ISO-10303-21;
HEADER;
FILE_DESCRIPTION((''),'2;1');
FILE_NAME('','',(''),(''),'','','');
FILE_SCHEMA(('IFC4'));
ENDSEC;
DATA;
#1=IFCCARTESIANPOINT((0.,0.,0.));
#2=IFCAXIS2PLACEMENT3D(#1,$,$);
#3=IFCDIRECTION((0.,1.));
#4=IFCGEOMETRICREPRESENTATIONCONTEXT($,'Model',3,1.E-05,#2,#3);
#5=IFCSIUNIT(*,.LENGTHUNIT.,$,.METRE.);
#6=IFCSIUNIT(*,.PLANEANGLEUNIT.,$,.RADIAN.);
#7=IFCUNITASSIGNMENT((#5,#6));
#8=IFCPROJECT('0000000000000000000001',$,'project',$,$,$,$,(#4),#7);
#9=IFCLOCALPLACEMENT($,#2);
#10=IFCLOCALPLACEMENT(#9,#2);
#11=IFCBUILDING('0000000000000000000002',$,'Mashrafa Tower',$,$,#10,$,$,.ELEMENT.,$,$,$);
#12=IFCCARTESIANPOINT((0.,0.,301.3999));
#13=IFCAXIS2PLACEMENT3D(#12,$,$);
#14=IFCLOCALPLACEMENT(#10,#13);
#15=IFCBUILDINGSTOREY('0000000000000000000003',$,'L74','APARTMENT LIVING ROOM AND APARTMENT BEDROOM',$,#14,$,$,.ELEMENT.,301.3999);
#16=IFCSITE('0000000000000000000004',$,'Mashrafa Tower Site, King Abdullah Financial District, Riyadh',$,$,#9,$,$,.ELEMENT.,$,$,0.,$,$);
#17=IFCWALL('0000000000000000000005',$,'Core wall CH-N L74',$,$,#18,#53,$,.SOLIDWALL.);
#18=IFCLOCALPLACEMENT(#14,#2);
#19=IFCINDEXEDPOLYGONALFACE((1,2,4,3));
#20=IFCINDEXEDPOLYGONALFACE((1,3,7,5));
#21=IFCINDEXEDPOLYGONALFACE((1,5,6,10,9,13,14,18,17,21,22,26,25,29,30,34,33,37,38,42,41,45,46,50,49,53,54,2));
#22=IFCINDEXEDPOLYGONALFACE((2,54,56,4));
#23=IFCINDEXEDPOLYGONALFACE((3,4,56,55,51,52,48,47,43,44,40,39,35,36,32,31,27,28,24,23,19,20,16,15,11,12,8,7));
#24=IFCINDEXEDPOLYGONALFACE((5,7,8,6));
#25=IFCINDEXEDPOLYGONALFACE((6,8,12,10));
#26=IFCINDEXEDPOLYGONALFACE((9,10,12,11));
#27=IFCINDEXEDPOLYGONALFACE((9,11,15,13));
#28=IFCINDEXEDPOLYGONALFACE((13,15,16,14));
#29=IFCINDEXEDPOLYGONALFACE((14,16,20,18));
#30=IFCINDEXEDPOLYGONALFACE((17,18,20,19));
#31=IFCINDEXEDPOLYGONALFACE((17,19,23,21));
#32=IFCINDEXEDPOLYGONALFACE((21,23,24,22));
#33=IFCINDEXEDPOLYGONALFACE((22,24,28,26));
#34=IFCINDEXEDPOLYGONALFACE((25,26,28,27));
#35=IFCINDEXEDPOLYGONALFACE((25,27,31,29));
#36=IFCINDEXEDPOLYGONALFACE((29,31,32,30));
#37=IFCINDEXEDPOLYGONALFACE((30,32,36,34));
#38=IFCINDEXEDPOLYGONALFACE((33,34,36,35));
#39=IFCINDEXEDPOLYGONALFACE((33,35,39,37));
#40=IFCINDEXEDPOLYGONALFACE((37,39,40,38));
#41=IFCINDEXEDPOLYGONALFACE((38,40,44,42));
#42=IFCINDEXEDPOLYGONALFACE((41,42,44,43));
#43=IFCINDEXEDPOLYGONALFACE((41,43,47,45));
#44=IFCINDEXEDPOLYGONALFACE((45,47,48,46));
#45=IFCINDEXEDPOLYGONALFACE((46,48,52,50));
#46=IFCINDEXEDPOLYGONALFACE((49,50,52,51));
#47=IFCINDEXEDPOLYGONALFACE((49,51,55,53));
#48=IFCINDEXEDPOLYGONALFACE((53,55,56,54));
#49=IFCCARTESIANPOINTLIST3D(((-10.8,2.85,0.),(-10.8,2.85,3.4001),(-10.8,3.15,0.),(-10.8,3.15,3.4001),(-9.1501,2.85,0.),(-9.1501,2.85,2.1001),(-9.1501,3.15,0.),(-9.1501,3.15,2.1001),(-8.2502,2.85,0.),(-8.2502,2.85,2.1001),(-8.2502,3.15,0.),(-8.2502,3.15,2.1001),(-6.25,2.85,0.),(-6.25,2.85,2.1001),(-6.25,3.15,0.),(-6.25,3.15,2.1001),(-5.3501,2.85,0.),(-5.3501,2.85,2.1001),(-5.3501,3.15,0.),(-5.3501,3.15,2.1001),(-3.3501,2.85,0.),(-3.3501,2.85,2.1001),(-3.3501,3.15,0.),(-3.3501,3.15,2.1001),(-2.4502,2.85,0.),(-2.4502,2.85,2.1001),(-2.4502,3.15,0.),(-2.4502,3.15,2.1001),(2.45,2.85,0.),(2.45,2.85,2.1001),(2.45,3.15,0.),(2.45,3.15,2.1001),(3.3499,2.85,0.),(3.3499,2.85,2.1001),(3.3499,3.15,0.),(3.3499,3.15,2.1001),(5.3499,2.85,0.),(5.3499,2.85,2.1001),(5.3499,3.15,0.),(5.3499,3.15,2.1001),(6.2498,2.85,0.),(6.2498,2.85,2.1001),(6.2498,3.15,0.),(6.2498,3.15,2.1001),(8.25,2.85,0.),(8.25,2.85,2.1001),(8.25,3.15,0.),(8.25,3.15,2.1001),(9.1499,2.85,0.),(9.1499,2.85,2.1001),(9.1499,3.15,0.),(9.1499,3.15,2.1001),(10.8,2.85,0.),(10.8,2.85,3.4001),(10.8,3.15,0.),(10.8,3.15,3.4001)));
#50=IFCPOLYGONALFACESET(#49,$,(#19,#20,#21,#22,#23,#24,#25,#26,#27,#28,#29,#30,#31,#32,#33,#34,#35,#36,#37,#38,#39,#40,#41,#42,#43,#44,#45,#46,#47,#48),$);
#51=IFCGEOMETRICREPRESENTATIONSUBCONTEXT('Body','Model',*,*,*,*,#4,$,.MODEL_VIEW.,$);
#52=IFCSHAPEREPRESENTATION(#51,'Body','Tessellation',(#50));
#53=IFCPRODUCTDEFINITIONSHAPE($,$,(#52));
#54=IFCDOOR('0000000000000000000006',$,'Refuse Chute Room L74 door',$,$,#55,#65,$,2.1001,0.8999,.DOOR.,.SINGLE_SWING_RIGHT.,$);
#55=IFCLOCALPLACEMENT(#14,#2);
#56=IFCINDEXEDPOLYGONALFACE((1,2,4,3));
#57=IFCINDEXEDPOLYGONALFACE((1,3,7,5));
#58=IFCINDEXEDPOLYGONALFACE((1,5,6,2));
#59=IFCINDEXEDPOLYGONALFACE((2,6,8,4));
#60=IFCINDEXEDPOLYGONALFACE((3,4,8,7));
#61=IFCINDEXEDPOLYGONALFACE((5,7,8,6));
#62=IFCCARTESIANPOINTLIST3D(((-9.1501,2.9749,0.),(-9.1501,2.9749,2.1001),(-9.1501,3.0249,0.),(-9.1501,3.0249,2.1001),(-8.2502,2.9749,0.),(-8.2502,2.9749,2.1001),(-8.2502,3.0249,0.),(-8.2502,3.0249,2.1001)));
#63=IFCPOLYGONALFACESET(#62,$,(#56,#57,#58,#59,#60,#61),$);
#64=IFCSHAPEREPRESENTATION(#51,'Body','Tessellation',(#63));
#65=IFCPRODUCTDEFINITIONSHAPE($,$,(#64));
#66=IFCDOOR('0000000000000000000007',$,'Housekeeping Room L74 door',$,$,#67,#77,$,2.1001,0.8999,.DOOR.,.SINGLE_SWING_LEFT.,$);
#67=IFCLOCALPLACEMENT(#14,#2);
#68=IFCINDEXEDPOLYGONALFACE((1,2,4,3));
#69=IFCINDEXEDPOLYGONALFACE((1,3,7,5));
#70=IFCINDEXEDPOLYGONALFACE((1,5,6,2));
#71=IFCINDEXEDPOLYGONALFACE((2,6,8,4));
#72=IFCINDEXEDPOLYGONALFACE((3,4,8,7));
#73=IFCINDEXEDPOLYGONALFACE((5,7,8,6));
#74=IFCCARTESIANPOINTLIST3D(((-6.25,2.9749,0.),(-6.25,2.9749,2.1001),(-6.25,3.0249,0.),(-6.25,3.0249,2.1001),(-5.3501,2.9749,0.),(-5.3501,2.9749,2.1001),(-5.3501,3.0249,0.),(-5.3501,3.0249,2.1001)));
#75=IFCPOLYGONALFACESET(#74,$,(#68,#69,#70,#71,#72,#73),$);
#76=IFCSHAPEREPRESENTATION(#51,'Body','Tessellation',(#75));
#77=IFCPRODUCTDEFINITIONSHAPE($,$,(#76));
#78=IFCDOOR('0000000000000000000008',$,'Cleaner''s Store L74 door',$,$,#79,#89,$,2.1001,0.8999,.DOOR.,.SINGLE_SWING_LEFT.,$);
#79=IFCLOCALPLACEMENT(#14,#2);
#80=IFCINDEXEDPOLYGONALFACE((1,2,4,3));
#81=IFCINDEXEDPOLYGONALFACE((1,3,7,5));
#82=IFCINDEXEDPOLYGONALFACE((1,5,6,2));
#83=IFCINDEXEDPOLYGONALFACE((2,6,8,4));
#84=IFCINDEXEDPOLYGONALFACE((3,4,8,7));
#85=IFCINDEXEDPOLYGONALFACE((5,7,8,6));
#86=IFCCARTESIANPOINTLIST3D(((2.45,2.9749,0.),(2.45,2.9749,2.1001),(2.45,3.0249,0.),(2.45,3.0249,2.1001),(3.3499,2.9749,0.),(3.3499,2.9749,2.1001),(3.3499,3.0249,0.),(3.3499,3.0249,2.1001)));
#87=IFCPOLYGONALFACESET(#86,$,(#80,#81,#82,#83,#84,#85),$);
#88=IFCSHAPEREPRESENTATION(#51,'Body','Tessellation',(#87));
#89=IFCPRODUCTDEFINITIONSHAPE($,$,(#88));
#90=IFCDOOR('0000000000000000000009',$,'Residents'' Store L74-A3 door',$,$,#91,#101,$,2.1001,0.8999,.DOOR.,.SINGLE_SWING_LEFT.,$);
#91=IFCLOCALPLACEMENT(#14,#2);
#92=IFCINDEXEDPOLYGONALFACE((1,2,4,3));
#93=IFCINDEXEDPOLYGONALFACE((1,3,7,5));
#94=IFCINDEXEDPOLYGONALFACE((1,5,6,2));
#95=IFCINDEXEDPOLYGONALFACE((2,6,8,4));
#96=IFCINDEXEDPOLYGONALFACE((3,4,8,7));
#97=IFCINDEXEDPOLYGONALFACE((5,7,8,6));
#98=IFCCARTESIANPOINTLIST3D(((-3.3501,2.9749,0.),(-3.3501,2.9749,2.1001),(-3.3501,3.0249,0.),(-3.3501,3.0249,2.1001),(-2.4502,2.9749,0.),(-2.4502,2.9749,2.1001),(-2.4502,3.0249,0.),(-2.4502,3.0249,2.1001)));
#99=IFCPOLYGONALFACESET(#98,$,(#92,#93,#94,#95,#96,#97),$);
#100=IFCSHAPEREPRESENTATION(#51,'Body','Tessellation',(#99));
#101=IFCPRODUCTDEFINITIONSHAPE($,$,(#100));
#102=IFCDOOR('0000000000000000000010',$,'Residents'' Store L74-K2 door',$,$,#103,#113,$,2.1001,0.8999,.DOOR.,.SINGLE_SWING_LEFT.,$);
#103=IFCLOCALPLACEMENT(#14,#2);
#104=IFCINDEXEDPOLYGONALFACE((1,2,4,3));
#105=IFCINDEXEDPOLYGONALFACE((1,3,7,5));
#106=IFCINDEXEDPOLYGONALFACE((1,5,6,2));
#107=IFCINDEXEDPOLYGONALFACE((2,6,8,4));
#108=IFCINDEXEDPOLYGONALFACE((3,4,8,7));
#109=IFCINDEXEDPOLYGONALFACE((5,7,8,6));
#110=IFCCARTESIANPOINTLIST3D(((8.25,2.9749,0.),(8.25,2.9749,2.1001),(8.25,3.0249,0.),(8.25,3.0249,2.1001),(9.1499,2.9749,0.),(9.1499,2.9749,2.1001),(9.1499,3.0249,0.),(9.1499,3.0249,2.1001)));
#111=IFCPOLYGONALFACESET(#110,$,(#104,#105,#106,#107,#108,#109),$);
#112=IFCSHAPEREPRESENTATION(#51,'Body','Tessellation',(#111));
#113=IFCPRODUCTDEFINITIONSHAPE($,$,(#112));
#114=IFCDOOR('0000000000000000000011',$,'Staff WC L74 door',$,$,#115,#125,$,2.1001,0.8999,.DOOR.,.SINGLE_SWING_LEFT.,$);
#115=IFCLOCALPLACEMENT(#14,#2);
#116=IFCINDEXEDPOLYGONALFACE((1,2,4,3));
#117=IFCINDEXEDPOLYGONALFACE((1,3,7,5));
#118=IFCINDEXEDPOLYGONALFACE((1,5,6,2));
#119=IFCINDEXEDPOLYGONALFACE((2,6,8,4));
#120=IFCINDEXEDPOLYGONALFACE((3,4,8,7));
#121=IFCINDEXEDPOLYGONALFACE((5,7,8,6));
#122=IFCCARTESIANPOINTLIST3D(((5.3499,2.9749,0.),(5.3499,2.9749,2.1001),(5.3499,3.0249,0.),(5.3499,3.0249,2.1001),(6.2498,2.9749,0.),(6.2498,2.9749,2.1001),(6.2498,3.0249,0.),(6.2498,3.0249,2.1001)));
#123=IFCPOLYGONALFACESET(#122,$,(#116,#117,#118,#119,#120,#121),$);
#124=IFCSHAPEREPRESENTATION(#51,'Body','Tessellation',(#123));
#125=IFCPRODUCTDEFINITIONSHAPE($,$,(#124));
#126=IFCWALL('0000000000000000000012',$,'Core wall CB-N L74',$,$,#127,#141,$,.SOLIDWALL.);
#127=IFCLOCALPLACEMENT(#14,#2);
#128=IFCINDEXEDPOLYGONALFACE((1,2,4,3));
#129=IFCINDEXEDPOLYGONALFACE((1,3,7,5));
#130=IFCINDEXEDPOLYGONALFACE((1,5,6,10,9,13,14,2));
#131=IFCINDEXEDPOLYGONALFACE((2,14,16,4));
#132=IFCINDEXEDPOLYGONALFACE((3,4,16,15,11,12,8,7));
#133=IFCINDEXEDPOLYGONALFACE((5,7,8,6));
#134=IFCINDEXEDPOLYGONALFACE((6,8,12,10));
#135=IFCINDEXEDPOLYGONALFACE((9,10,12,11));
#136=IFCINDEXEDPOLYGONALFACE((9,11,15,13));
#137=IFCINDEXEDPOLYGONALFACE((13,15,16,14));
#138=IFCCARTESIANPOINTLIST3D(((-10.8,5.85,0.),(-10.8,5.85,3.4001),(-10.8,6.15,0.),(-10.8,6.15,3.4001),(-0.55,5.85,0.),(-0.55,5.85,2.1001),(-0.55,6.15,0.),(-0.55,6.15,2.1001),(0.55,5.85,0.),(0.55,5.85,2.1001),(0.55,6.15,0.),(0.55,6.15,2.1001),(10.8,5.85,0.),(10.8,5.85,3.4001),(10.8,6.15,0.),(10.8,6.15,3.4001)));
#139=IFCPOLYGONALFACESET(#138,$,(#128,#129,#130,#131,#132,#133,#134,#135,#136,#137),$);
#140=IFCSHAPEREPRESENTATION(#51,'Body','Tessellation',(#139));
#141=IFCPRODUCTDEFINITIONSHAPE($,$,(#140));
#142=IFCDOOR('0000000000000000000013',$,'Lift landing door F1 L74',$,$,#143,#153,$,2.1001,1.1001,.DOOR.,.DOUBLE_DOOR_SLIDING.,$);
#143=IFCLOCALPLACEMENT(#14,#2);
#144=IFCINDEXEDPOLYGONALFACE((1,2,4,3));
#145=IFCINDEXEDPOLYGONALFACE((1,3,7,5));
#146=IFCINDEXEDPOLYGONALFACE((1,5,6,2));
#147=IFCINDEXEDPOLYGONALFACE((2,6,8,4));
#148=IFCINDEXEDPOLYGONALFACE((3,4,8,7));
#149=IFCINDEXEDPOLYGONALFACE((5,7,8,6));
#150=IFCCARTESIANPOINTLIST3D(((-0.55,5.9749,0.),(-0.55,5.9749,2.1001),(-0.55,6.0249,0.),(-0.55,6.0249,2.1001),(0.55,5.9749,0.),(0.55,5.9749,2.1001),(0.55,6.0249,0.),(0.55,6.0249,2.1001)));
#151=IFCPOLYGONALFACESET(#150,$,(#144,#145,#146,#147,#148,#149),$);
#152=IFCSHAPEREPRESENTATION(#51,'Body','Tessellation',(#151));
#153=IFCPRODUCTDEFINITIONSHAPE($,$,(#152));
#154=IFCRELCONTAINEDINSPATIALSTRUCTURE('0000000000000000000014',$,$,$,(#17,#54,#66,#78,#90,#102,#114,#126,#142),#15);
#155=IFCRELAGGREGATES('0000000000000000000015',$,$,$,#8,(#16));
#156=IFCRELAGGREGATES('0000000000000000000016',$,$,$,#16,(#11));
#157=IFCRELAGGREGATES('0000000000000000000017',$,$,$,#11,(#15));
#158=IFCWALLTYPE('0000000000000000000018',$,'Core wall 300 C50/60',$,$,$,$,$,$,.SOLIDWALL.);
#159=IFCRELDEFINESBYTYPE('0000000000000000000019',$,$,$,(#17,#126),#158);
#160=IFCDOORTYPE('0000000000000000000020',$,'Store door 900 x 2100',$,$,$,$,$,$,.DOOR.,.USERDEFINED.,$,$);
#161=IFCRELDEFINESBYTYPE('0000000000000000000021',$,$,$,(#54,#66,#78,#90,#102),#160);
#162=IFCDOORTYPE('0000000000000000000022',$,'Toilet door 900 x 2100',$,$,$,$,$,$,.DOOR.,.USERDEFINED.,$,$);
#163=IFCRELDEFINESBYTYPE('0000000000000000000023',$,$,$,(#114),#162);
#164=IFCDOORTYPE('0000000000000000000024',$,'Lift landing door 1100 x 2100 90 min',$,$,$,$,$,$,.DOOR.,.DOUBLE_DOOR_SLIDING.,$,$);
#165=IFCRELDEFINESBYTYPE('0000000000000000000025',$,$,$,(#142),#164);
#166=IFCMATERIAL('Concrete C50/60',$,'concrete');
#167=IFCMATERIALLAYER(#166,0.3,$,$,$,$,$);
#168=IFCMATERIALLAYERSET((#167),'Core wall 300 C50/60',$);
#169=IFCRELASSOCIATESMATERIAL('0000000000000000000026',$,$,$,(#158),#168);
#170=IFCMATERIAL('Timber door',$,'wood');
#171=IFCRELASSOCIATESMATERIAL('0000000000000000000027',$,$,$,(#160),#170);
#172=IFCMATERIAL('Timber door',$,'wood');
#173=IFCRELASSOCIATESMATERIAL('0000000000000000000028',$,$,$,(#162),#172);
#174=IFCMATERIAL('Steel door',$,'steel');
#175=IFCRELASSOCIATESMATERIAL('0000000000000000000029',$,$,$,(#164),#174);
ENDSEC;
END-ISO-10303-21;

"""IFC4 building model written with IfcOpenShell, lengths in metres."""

from ifc_helpers import new_model, si_unit, direction, frame, frame_2d, origin, place, context, subcontext, project, spatial, rectangle, extrude, material, layer, layer_set, type_object, element, fill, save


model = new_model("IFC4")

# Units and contexts
model_context = context("Model", 3, precision=1e-05, world=origin(), true_north=direction((0.0, 1.0)))
body_context = subcontext(model_context, "Body", "Model", "MODEL_VIEW")
ifc_project = project(units=[si_unit("LENGTHUNIT", "METRE"), si_unit("PLANEANGLEUNIT", "RADIAN")], contexts=[model_context])

# Site, building, storey
site_placement = place(None, origin())
site = spatial("IfcSite", under=ifc_project, at=site_placement, Name="Mashrafa Tower Site, King Abdullah Financial District, Riyadh", CompositionType="ELEMENT", RefElevation=0.0)
building_placement = place(site_placement, origin())
building = spatial("IfcBuilding", under=site, at=building_placement, Name="Mashrafa Tower", CompositionType="ELEMENT")
storey_placement = place(building_placement, frame((0.0, 0.0, 301.3999)))
storey = spatial("IfcBuildingStorey", under=building, at=storey_placement, Name="L74", Description="APARTMENT LIVING ROOM AND APARTMENT BEDROOM", CompositionType="ELEMENT", Elevation=301.3999)

# Wall, openings, doors
ifc_material_1 = material(Name="Concrete C50/60", Category="concrete")
ifc_layer_1 = layer(ifc_material_1, 0.3)
ifc_layer_set_1 = layer_set([ifc_layer_1], Name="Core wall 300 C50/60")
wall_type_1 = type_object("IfcWallType", Name="Core wall 300 C50/60", PredefinedType="SOLIDWALL", material=ifc_layer_set_1)
wall_1_placement = place(storey_placement, frame((-10.8, 3.0, 0.0), z_axis=(0.0, 0.0, 1.0), x_axis=(1.0, 0.0, 0.0)))
wall_1 = element("IfcWall", 1, at=wall_1_placement, inside=storey, type_object=wall_type_1, Name="Core wall CH-N L74", PredefinedType="SOLIDWALL", context=body_context, shape_type="SweptSolid", body=[
    extrude(rectangle(XDim=21.6001, YDim=0.3, at=frame_2d((10.8, 0.0))), origin(), (0.0, 0.0, 1.0), 3.4001),
])
opening_1_placement = place(wall_1_placement, frame((1.6499, 0.0, 0.0)))
opening_1 = element("IfcOpeningElement", 2, at=opening_1_placement, cuts=wall_1, PredefinedType="OPENING", context=body_context, shape_type="SweptSolid", body=[
    extrude(rectangle(XDim=0.8999, YDim=2.1001, at=frame_2d((0.45, 1.05))), frame((0.0, 0.1599, 0.0), z_axis=(0.0, -1.0, 0.0), x_axis=(1.0, 0.0, 0.0)), (0.0, 0.0, 1.0), 0.3201),
])
opening_2_placement = place(wall_1_placement, frame((4.55, 0.0, 0.0)))
opening_2 = element("IfcOpeningElement", 3, at=opening_2_placement, cuts=wall_1, PredefinedType="OPENING", context=body_context, shape_type="SweptSolid", body=[
    extrude(rectangle(XDim=0.8999, YDim=2.1001, at=frame_2d((0.45, 1.05))), frame((0.0, 0.1599, 0.0), z_axis=(0.0, -1.0, 0.0), x_axis=(1.0, 0.0, 0.0)), (0.0, 0.0, 1.0), 0.3201),
])
opening_3_placement = place(wall_1_placement, frame((13.25, 0.0, 0.0)))
opening_3 = element("IfcOpeningElement", 4, at=opening_3_placement, cuts=wall_1, PredefinedType="OPENING", context=body_context, shape_type="SweptSolid", body=[
    extrude(rectangle(XDim=0.8999, YDim=2.1001, at=frame_2d((0.45, 1.05))), frame((0.0, 0.1599, 0.0), z_axis=(0.0, -1.0, 0.0), x_axis=(1.0, 0.0, 0.0)), (0.0, 0.0, 1.0), 0.3201),
])
opening_4_placement = place(wall_1_placement, frame((16.1499, 0.0, 0.0)))
opening_4 = element("IfcOpeningElement", 5, at=opening_4_placement, cuts=wall_1, PredefinedType="OPENING", context=body_context, shape_type="SweptSolid", body=[
    extrude(rectangle(XDim=0.8999, YDim=2.1001, at=frame_2d((0.45, 1.05))), frame((0.0, 0.1599, 0.0), z_axis=(0.0, -1.0, 0.0), x_axis=(1.0, 0.0, 0.0)), (0.0, 0.0, 1.0), 0.3201),
])
opening_5_placement = place(wall_1_placement, frame((7.45, 0.0, 0.0)))
opening_5 = element("IfcOpeningElement", 6, at=opening_5_placement, cuts=wall_1, PredefinedType="OPENING", context=body_context, shape_type="SweptSolid", body=[
    extrude(rectangle(XDim=0.8999, YDim=2.1001, at=frame_2d((0.45, 1.05))), frame((0.0, 0.1599, 0.0), z_axis=(0.0, -1.0, 0.0), x_axis=(1.0, 0.0, 0.0)), (0.0, 0.0, 1.0), 0.3201),
])
opening_6_placement = place(wall_1_placement, frame((19.05, 0.0, 0.0)))
opening_6 = element("IfcOpeningElement", 7, at=opening_6_placement, cuts=wall_1, PredefinedType="OPENING", context=body_context, shape_type="SweptSolid", body=[
    extrude(rectangle(XDim=0.8999, YDim=2.1001, at=frame_2d((0.45, 1.05))), frame((0.0, 0.1599, 0.0), z_axis=(0.0, -1.0, 0.0), x_axis=(1.0, 0.0, 0.0)), (0.0, 0.0, 1.0), 0.3201),
])
ifc_material_2 = material(Name="Timber door", Category="wood")
door_type_1 = type_object("IfcDoorType", Name="Store door 900 x 2100", OperationType="USERDEFINED", PredefinedType="DOOR", material=ifc_material_2)
door_1_placement = place(opening_1_placement, origin())
door_1 = element("IfcDoor", 8, at=door_1_placement, inside=storey, type_object=door_type_1, Name="Refuse Chute Room L74 door", OperationType="SINGLE_SWING_RIGHT", OverallHeight=2.1001, OverallWidth=0.8999, PredefinedType="DOOR", context=body_context, shape_type="SweptSolid", body=[
    extrude(rectangle(XDim=0.8999, YDim=2.1001, at=frame_2d((0.45, 1.05))), frame((0.0, 0.0249, 0.0), z_axis=(0.0, -1.0, 0.0), x_axis=(1.0, 0.0, 0.0)), (0.0, 0.0, 1.0), 0.05),
])
fill(opening_1, door_1)
door_2_placement = place(opening_2_placement, origin())
door_2 = element("IfcDoor", 9, at=door_2_placement, inside=storey, type_object=door_type_1, Name="Housekeeping Room L74 door", OperationType="SINGLE_SWING_LEFT", OverallHeight=2.1001, OverallWidth=0.8999, PredefinedType="DOOR", context=body_context, shape_type="SweptSolid", body=[
    extrude(rectangle(XDim=0.8999, YDim=2.1001, at=frame_2d((0.45, 1.05))), frame((0.0, 0.0249, 0.0), z_axis=(0.0, -1.0, 0.0), x_axis=(1.0, 0.0, 0.0)), (0.0, 0.0, 1.0), 0.05),
])
fill(opening_2, door_2)
door_3_placement = place(opening_3_placement, origin())
door_3 = element("IfcDoor", 10, at=door_3_placement, inside=storey, type_object=door_type_1, Name="Cleaner's Store L74 door", OperationType="SINGLE_SWING_LEFT", OverallHeight=2.1001, OverallWidth=0.8999, PredefinedType="DOOR", context=body_context, shape_type="SweptSolid", body=[
    extrude(rectangle(XDim=0.8999, YDim=2.1001, at=frame_2d((0.45, 1.05))), frame((0.0, 0.0249, 0.0), z_axis=(0.0, -1.0, 0.0), x_axis=(1.0, 0.0, 0.0)), (0.0, 0.0, 1.0), 0.05),
])
fill(opening_3, door_3)
door_4_placement = place(opening_5_placement, origin())
door_4 = element("IfcDoor", 11, at=door_4_placement, inside=storey, type_object=door_type_1, Name="Residents' Store L74-A3 door", OperationType="SINGLE_SWING_LEFT", OverallHeight=2.1001, OverallWidth=0.8999, PredefinedType="DOOR", context=body_context, shape_type="SweptSolid", body=[
    extrude(rectangle(XDim=0.8999, YDim=2.1001, at=frame_2d((0.45, 1.05))), frame((0.0, 0.0249, 0.0), z_axis=(0.0, -1.0, 0.0), x_axis=(1.0, 0.0, 0.0)), (0.0, 0.0, 1.0), 0.05),
])
fill(opening_5, door_4)
door_5_placement = place(opening_6_placement, origin())
door_5 = element("IfcDoor", 12, at=door_5_placement, inside=storey, type_object=door_type_1, Name="Residents' Store L74-K2 door", OperationType="SINGLE_SWING_LEFT", OverallHeight=2.1001, OverallWidth=0.8999, PredefinedType="DOOR", context=body_context, shape_type="SweptSolid", body=[
    extrude(rectangle(XDim=0.8999, YDim=2.1001, at=frame_2d((0.45, 1.05))), frame((0.0, 0.0249, 0.0), z_axis=(0.0, -1.0, 0.0), x_axis=(1.0, 0.0, 0.0)), (0.0, 0.0, 1.0), 0.05),
])
fill(opening_6, door_5)
ifc_material_3 = material(Name="Timber door", Category="wood")
door_type_2 = type_object("IfcDoorType", Name="Toilet door 900 x 2100", OperationType="USERDEFINED", PredefinedType="DOOR", material=ifc_material_3)
door_6_placement = place(opening_4_placement, origin())
door_6 = element("IfcDoor", 13, at=door_6_placement, inside=storey, type_object=door_type_2, Name="Staff WC L74 door", OperationType="SINGLE_SWING_LEFT", OverallHeight=2.1001, OverallWidth=0.8999, PredefinedType="DOOR", context=body_context, shape_type="SweptSolid", body=[
    extrude(rectangle(XDim=0.8999, YDim=2.1001, at=frame_2d((0.45, 1.05))), frame((0.0, 0.0249, 0.0), z_axis=(0.0, -1.0, 0.0), x_axis=(1.0, 0.0, 0.0)), (0.0, 0.0, 1.0), 0.05),
])
fill(opening_4, door_6)

# Wall, opening, door
wall_2_placement = place(storey_placement, frame((-10.8, 6.0, 0.0), z_axis=(0.0, 0.0, 1.0), x_axis=(1.0, 0.0, 0.0)))
wall_2 = element("IfcWall", 14, at=wall_2_placement, inside=storey, type_object=wall_type_1, Name="Core wall CB-N L74", PredefinedType="SOLIDWALL", context=body_context, shape_type="SweptSolid", body=[
    extrude(rectangle(XDim=21.6001, YDim=0.3, at=frame_2d((10.8, 0.0))), origin(), (0.0, 0.0, 1.0), 3.4001),
])
opening_7_placement = place(wall_2_placement, frame((10.25, 0.0, 0.0)))
opening_7 = element("IfcOpeningElement", 15, at=opening_7_placement, cuts=wall_2, PredefinedType="OPENING", context=body_context, shape_type="SweptSolid", body=[
    extrude(rectangle(XDim=1.1001, YDim=2.1001, at=frame_2d((0.55, 1.05))), frame((0.0, 0.1599, 0.0), z_axis=(0.0, -1.0, 0.0), x_axis=(1.0, 0.0, 0.0)), (0.0, 0.0, 1.0), 0.3201),
])
ifc_material_4 = material(Name="Steel door", Category="steel")
door_type_3 = type_object("IfcDoorType", Name="Lift landing door 1100 x 2100 90 min", OperationType="DOUBLE_DOOR_SLIDING", PredefinedType="DOOR", material=ifc_material_4)
door_7_placement = place(opening_7_placement, origin())
door_7 = element("IfcDoor", 16, at=door_7_placement, inside=storey, type_object=door_type_3, Name="Lift landing door F1 L74", OperationType="DOUBLE_DOOR_SLIDING", OverallHeight=2.1001, OverallWidth=1.1001, PredefinedType="DOOR", context=body_context, shape_type="SweptSolid", body=[
    extrude(rectangle(XDim=1.1001, YDim=2.1001, at=frame_2d((0.55, 1.05))), frame((0.0, 0.0249, 0.0), z_axis=(0.0, -1.0, 0.0), x_axis=(1.0, 0.0, 0.0)), (0.0, 0.0, 1.0), 0.05),
])
fill(opening_7, door_7)

save(model, "model.ifc")
